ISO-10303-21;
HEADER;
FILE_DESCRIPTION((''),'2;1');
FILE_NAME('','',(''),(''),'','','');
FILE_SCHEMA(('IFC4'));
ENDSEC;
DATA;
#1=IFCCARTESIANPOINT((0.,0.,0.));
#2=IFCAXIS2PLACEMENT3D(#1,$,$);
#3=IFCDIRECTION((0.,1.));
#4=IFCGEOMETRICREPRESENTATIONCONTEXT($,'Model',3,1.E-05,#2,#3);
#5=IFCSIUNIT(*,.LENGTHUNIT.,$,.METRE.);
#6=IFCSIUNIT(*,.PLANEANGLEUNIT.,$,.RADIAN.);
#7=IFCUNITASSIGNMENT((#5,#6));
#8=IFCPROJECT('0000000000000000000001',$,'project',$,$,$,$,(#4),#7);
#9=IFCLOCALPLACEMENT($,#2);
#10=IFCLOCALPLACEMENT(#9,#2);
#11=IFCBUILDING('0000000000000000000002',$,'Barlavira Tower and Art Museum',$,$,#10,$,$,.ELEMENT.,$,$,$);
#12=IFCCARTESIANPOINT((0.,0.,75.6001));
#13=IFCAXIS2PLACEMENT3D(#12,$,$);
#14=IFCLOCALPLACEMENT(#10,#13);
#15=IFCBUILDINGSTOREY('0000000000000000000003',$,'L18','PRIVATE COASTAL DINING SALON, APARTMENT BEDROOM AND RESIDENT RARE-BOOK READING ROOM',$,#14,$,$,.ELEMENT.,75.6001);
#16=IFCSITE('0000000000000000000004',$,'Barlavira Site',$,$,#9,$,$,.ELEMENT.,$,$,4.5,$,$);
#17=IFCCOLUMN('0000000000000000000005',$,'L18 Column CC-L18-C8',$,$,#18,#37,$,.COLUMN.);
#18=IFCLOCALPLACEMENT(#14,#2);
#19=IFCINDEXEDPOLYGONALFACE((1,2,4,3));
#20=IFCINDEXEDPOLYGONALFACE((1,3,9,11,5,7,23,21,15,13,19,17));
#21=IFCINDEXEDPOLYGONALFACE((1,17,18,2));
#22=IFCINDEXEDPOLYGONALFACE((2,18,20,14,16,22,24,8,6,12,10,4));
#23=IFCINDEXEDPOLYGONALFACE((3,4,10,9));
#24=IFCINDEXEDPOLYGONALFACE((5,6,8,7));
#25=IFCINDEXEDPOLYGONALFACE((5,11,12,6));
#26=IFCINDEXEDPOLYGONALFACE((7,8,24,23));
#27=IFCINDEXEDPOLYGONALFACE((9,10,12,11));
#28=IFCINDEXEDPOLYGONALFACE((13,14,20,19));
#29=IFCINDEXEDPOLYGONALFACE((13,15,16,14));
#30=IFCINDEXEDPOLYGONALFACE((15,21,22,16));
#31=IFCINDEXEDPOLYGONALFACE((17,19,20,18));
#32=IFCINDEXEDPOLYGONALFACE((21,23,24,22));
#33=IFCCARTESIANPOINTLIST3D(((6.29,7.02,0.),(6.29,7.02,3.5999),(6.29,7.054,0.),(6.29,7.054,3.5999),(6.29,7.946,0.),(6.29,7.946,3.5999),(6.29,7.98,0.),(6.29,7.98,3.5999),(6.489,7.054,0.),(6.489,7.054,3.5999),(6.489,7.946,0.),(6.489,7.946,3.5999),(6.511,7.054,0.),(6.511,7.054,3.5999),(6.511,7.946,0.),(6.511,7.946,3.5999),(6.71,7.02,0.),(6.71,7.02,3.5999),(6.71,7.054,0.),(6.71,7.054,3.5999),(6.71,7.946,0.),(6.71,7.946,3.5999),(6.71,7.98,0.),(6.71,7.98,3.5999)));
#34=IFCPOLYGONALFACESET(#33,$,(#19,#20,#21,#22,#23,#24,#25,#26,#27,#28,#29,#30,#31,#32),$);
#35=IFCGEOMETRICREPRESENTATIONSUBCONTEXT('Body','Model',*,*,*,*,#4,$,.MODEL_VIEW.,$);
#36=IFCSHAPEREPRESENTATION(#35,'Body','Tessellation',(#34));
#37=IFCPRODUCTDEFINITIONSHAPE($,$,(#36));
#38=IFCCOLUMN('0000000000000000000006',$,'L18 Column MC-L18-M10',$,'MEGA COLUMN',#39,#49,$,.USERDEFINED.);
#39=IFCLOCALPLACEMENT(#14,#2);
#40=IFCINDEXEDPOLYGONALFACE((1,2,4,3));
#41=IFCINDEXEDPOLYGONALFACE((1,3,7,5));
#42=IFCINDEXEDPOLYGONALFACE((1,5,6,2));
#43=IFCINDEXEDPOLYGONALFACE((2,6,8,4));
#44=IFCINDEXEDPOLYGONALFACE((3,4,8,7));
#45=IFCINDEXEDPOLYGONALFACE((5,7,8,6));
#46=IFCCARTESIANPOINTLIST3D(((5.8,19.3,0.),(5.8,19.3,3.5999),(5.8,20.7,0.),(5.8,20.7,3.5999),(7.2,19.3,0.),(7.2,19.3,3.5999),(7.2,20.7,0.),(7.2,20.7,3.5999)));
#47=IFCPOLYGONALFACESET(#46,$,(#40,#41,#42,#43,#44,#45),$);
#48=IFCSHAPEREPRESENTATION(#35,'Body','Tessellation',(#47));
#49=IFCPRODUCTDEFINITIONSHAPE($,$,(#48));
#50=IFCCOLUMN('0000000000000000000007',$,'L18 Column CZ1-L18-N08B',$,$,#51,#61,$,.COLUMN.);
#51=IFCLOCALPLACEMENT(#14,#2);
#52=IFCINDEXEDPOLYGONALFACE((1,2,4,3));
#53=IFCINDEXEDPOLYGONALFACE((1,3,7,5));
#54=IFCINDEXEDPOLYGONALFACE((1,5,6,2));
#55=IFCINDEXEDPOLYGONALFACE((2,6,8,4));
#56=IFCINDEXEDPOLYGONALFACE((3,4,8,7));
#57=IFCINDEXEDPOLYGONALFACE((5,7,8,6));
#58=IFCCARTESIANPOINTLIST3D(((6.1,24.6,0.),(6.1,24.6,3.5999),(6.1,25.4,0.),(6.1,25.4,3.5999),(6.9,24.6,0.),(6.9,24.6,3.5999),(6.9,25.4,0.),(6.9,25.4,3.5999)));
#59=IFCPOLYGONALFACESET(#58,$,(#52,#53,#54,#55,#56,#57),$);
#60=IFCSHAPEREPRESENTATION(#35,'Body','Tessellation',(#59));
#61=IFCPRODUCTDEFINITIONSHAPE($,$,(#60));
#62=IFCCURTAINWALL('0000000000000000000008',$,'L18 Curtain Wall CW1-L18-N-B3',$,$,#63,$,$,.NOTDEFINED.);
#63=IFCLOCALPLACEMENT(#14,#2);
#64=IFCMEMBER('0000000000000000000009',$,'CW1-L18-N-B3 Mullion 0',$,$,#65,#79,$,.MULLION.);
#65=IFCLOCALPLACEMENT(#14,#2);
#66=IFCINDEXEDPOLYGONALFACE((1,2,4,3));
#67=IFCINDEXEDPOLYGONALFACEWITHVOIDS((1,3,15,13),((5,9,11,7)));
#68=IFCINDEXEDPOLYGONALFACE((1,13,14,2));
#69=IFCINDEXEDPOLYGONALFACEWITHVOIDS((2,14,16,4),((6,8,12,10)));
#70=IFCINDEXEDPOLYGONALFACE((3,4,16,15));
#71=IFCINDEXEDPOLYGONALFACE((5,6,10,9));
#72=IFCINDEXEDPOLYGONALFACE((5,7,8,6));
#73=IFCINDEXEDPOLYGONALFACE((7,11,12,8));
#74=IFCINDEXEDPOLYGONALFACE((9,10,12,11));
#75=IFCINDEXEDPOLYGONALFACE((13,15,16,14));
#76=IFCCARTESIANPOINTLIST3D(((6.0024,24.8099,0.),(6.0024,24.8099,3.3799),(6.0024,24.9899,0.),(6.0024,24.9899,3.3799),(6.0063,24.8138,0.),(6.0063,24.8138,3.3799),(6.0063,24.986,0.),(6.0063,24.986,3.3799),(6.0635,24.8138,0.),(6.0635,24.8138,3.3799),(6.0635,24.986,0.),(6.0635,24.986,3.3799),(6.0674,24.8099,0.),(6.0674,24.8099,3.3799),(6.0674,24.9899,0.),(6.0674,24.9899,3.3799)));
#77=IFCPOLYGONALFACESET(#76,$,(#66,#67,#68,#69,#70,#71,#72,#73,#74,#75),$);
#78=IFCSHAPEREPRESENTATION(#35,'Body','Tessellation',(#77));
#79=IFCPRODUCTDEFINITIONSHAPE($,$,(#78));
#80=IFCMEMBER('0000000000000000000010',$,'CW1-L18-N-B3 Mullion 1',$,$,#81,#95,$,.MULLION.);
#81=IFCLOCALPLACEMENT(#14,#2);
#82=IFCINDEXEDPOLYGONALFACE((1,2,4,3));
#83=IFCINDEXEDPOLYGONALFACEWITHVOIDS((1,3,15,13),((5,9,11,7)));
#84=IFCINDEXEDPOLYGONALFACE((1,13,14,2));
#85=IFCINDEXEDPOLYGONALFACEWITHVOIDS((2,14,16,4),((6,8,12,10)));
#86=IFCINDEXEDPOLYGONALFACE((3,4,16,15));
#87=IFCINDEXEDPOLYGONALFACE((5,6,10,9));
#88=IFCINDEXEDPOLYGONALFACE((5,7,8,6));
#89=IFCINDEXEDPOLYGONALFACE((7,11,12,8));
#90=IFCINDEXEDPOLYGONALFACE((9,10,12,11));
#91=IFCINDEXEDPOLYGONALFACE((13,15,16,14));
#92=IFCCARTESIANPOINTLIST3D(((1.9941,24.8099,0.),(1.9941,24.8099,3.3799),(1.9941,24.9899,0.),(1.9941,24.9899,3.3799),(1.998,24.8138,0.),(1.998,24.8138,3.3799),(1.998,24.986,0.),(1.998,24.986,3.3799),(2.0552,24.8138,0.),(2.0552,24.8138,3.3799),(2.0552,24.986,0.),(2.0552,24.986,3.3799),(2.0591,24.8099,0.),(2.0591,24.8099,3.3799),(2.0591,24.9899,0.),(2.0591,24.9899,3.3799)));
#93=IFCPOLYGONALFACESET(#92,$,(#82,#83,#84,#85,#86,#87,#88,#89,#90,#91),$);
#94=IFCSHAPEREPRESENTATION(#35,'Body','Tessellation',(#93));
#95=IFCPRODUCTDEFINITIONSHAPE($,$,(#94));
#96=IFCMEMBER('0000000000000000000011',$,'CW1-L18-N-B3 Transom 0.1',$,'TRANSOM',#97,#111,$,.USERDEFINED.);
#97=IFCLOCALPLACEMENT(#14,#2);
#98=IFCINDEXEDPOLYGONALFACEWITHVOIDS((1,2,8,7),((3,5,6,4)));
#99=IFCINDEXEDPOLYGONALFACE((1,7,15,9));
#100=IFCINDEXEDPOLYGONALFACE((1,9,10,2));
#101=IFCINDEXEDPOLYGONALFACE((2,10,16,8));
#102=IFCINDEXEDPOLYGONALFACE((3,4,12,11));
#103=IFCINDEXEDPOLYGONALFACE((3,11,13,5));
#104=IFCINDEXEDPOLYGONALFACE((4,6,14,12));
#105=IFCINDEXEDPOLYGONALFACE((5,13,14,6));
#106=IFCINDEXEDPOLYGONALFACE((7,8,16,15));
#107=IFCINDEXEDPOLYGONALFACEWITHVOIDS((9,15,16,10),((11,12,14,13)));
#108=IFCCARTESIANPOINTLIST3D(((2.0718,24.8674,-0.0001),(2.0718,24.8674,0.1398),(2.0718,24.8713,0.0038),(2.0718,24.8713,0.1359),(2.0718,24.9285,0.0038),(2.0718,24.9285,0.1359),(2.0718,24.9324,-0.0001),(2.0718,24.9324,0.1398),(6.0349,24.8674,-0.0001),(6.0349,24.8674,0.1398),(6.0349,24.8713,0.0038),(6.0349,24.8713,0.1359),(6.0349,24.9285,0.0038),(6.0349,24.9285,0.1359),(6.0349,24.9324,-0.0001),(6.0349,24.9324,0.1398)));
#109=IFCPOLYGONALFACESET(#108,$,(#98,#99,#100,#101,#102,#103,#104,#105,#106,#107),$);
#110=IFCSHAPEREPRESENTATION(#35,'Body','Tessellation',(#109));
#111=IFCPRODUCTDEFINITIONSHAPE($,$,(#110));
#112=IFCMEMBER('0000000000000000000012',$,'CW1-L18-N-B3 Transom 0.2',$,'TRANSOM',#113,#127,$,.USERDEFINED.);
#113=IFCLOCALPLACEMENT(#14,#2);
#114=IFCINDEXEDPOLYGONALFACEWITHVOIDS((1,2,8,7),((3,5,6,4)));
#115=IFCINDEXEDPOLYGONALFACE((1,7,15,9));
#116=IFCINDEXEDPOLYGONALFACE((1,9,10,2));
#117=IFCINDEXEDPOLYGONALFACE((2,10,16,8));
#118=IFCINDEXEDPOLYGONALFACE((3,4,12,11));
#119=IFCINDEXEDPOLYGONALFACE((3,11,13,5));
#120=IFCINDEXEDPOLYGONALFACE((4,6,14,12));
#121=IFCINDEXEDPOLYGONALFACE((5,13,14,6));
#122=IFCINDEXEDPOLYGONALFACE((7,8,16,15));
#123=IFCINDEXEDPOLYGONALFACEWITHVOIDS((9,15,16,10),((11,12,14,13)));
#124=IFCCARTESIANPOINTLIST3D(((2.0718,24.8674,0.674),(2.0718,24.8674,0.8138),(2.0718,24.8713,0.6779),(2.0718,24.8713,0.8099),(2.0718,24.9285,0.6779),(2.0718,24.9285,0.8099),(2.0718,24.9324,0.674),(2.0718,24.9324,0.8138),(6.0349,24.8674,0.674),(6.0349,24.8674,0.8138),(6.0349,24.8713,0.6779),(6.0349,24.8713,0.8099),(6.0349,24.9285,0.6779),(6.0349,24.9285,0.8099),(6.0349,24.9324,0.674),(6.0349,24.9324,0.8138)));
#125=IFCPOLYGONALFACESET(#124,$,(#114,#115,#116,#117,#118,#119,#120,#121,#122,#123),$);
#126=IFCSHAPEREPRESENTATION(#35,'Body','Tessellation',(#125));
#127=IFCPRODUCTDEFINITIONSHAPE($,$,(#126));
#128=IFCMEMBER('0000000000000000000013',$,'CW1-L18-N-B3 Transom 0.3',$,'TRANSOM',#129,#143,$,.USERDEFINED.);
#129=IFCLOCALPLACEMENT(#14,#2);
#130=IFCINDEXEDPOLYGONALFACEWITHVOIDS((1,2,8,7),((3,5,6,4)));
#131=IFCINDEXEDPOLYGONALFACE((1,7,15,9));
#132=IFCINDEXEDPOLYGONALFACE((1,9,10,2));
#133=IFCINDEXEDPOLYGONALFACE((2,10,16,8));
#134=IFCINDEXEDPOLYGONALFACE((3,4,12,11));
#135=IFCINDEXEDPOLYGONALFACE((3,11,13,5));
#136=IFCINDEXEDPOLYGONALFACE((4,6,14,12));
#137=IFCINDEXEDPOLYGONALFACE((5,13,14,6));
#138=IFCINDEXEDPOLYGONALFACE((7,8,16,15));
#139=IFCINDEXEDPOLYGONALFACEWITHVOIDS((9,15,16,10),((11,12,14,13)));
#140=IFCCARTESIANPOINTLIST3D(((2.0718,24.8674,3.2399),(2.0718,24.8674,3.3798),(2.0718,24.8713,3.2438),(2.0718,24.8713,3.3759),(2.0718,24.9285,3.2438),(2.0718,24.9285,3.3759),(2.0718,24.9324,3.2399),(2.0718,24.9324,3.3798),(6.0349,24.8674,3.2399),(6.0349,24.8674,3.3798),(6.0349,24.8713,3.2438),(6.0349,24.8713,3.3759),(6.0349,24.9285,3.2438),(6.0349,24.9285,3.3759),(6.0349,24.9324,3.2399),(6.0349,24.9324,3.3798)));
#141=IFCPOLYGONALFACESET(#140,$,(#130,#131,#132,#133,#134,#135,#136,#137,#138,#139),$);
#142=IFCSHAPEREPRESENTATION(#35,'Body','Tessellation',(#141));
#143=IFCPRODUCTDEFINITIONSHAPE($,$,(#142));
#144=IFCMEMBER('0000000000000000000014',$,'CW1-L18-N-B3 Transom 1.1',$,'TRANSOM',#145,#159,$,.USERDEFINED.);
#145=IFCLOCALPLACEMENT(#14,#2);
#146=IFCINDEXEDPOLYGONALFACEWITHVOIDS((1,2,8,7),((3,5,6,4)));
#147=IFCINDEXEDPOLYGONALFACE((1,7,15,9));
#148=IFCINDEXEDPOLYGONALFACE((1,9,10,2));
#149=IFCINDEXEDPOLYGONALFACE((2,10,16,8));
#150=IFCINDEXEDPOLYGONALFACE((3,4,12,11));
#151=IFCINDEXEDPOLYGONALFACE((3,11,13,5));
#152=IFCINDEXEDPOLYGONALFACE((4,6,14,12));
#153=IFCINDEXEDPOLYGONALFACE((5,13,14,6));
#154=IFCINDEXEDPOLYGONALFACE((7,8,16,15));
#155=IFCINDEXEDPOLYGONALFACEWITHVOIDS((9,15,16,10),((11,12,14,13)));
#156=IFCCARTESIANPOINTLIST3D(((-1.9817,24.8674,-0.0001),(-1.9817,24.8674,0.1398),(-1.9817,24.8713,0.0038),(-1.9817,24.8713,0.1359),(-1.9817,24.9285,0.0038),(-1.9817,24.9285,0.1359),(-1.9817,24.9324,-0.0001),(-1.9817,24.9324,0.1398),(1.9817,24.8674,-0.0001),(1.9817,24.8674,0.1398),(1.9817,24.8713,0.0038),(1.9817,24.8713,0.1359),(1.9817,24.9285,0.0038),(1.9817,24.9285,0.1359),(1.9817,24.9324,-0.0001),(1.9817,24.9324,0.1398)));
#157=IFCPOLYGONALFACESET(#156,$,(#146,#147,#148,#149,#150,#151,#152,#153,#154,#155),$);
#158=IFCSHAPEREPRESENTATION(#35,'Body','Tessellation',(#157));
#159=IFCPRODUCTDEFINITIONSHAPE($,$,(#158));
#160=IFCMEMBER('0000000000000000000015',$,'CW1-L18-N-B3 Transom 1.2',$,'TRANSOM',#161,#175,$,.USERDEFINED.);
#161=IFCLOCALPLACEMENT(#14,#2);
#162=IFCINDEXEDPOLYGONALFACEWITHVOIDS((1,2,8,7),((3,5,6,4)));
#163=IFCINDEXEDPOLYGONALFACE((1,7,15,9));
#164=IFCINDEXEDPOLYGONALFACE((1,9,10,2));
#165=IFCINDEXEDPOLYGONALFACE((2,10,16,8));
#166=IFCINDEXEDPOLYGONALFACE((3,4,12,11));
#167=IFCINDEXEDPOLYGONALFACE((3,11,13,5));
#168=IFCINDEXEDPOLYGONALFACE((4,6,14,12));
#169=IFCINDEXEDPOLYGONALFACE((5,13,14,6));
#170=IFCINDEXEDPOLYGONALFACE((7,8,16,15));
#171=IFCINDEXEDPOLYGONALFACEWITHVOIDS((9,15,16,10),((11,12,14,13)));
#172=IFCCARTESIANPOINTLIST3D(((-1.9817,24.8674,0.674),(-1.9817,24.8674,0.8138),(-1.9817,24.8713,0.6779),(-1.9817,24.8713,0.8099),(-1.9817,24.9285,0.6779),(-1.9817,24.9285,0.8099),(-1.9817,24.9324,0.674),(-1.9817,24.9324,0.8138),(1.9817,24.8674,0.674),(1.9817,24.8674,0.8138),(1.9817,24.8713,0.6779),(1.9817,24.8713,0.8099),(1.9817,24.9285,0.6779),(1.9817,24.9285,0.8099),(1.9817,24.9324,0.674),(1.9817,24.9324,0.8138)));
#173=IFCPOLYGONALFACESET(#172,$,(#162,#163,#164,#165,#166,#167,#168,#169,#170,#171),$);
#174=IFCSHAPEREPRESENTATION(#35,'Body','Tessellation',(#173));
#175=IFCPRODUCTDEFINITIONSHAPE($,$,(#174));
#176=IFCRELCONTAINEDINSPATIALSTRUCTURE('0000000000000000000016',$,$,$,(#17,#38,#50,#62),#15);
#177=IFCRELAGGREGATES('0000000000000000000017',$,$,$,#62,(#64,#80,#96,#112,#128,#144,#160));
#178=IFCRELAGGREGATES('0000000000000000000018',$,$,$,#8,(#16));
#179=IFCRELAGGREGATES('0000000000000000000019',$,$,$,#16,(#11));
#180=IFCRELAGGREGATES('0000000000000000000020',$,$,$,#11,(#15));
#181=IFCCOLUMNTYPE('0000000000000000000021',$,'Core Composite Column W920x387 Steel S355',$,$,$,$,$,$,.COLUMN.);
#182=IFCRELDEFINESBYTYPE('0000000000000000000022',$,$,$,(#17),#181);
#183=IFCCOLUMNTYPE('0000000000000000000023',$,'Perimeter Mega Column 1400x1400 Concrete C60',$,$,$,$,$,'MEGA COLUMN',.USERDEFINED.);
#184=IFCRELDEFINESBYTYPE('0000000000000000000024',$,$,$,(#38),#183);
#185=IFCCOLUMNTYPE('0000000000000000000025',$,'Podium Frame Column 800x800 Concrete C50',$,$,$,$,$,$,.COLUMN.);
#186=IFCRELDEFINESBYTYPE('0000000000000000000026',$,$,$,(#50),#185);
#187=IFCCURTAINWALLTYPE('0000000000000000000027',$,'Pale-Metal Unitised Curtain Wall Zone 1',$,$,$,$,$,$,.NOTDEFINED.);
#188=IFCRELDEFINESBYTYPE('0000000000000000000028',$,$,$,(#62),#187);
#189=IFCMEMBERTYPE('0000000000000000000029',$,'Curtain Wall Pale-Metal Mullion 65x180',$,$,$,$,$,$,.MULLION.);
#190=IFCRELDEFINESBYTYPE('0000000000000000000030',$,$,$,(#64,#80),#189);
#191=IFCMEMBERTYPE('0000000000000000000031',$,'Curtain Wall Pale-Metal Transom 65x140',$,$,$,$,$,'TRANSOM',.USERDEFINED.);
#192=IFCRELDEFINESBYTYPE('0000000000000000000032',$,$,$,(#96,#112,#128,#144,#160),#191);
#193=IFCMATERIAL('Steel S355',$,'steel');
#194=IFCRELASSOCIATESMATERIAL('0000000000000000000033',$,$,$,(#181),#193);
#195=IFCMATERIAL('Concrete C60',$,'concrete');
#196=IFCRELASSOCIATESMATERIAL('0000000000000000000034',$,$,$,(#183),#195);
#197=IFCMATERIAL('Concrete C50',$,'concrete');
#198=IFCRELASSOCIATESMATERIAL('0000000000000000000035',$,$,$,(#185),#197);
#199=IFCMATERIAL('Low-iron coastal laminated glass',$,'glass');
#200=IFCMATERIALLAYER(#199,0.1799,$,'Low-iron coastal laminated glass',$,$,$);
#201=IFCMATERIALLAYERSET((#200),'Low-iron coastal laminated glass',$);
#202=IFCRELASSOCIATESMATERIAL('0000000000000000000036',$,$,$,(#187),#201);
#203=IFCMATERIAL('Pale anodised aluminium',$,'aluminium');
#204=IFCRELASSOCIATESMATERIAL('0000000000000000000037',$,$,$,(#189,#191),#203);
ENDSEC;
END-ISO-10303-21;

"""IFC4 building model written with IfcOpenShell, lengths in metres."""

from ifc_helpers import new_model, si_unit, direction, frame, origin, origin_2d, place, context, subcontext, project, spatial, rectangle, hollow_rectangle, i_section, extrude, material, layer, layer_set, material_profile, profile_set, type_object, element, aggregate, save


model = new_model("IFC4")

# Units and contexts
model_context = context("Model", 3, precision=1e-05, world=origin(), true_north=direction((0.0, 1.0)))
body_context = subcontext(model_context, "Body", "Model", "MODEL_VIEW")
ifc_project = project(units=[si_unit("LENGTHUNIT", "METRE"), si_unit("PLANEANGLEUNIT", "RADIAN")], contexts=[model_context])

# Site, building, storey
site_placement = place(None, origin())
site = spatial("IfcSite", under=ifc_project, at=site_placement, Name="Barlavira Site", CompositionType="ELEMENT", RefElevation=4.5)
building_placement = place(site_placement, origin())
building = spatial("IfcBuilding", under=site, at=building_placement, Name="Barlavira Tower and Art Museum", CompositionType="ELEMENT")
storey_placement = place(building_placement, frame((0.0, 0.0, 75.6001)))
storey = spatial("IfcBuildingStorey", under=building, at=storey_placement, Name="L18", Description="PRIVATE COASTAL DINING SALON, APARTMENT BEDROOM AND RESIDENT RARE-BOOK READING ROOM", CompositionType="ELEMENT", Elevation=75.6001)

# Columns
ifc_material_1 = material(Name="Steel S355", Category="steel")
ifc_material_profile_1 = material_profile(ifc_material_1, i_section(OverallWidth=0.4199, OverallDepth=0.96, WebThickness=0.022, FlangeThickness=0.0339, at=origin_2d()), Name="W920x387.0")
ifc_profile_set_1 = profile_set([ifc_material_profile_1], Name="Steel S355")
column_type_1 = type_object("IfcColumnType", Name="Core Composite Column W920x387 Steel S355", PredefinedType="COLUMN", material=ifc_profile_set_1)
column_1_placement = place(storey_placement, frame((6.5, 7.5, 0.0), z_axis=(0.0, 0.0, 1.0), x_axis=(1.0, 0.0, 0.0)))
element("IfcColumn", 1, at=column_1_placement, inside=storey, type_object=column_type_1, Name="L18 Column CC-L18-C8", PredefinedType="COLUMN", context=body_context, shape_type="SweptSolid", body=[
    extrude(i_section(OverallWidth=0.4199, OverallDepth=0.96, WebThickness=0.022, FlangeThickness=0.0339, at=origin_2d()), origin(), (0.0, 0.0, 1.0), 3.5999),
])
ifc_material_2 = material(Name="Concrete C60", Category="concrete")
ifc_material_profile_2 = material_profile(ifc_material_2, rectangle(XDim=1.3999, YDim=1.3999, at=origin_2d()), Name="RC-MCOL 1400x1400")
ifc_profile_set_2 = profile_set([ifc_material_profile_2], Name="Concrete C60")
column_type_2 = type_object("IfcColumnType", Name="Perimeter Mega Column 1400x1400 Concrete C60", ElementType="MEGA COLUMN", PredefinedType="USERDEFINED", material=ifc_profile_set_2)
column_2_placement = place(storey_placement, frame((6.5, 20.0, 0.0), z_axis=(0.0, 0.0, 1.0), x_axis=(1.0, 0.0, 0.0)))
element("IfcColumn", 2, at=column_2_placement, inside=storey, type_object=column_type_2, Name="L18 Column MC-L18-M10", ObjectType="MEGA COLUMN", PredefinedType="USERDEFINED", context=body_context, shape_type="SweptSolid", body=[
    extrude(rectangle(XDim=1.3999, YDim=1.3999, at=origin_2d()), origin(), (0.0, 0.0, 1.0), 3.5999),
])
ifc_material_3 = material(Name="Concrete C50", Category="concrete")
ifc_material_profile_3 = material_profile(ifc_material_3, rectangle(XDim=0.8, YDim=0.8, at=origin_2d()), Name="RC-COL 800x800")
ifc_profile_set_3 = profile_set([ifc_material_profile_3], Name="Concrete C50")
column_type_3 = type_object("IfcColumnType", Name="Podium Frame Column 800x800 Concrete C50", PredefinedType="COLUMN", material=ifc_profile_set_3)
column_3_placement = place(storey_placement, frame((6.5, 25.0, 0.0), z_axis=(0.0, 0.0, 1.0), x_axis=(1.0, 0.0, 0.0)))
element("IfcColumn", 3, at=column_3_placement, inside=storey, type_object=column_type_3, Name="L18 Column CZ1-L18-N08B", PredefinedType="COLUMN", context=body_context, shape_type="SweptSolid", body=[
    extrude(rectangle(XDim=0.8, YDim=0.8, at=origin_2d()), origin(), (0.0, 0.0, 1.0), 3.5999),
])

# Curtain wall, members
ifc_material_4 = material(Name="Low-iron coastal laminated glass", Category="glass")
ifc_layer_1 = layer(ifc_material_4, 0.1799, Name="Low-iron coastal laminated glass")
ifc_layer_set_1 = layer_set([ifc_layer_1], Name="Low-iron coastal laminated glass")
curtain_wall_type = type_object("IfcCurtainWallType", Name="Pale-Metal Unitised Curtain Wall Zone 1", PredefinedType="NOTDEFINED", material=ifc_layer_set_1)
curtain_wall_placement = place(storey_placement, origin())
curtain_wall = element("IfcCurtainWall", 4, at=curtain_wall_placement, inside=storey, type_object=curtain_wall_type, Name="L18 Curtain Wall CW1-L18-N-B3", PredefinedType="NOTDEFINED")
ifc_material_5 = material(Name="Pale anodised aluminium", Category="aluminium")
ifc_material_profile_4 = material_profile(ifc_material_5, hollow_rectangle(XDim=0.0649, YDim=0.1799, WallThickness=0.0039, at=origin_2d()), Name="ALU-MULL 65x180x4")
ifc_profile_set_4 = profile_set([ifc_material_profile_4], Name="Pale anodised aluminium")
member_type_1 = type_object("IfcMemberType", Name="Curtain Wall Pale-Metal Mullion 65x180", PredefinedType="MULLION", material=ifc_profile_set_4)
member_1_placement = place(storey_placement, frame((6.0349, 24.8999, 0.0), z_axis=(0.0, 0.0, 1.0), x_axis=(-1.0, 0.0, 0.0)))
member_1 = element("IfcMember", 5, at=member_1_placement, type_object=member_type_1, Name="CW1-L18-N-B3 Mullion 0", PredefinedType="MULLION", context=body_context, shape_type="SweptSolid", body=[
    extrude(hollow_rectangle(XDim=0.0649, YDim=0.1799, WallThickness=0.0039, at=origin_2d()), origin(), (0.0, 0.0, 1.0), 3.3799),
])
member_2_placement = place(storey_placement, frame((2.0266, 24.8999, 0.0), z_axis=(0.0, 0.0, 1.0), x_axis=(-1.0, 0.0, 0.0)))
member_2 = element("IfcMember", 6, at=member_2_placement, type_object=member_type_1, Name="CW1-L18-N-B3 Mullion 1", PredefinedType="MULLION", context=body_context, shape_type="SweptSolid", body=[
    extrude(hollow_rectangle(XDim=0.0649, YDim=0.1799, WallThickness=0.0039, at=origin_2d()), origin(), (0.0, 0.0, 1.0), 3.3799),
])
ifc_material_profile_5 = material_profile(ifc_material_5, hollow_rectangle(XDim=0.0649, YDim=0.1399, WallThickness=0.0039, at=origin_2d()), Name="ALU-TRAN 65x140x4")
ifc_profile_set_5 = profile_set([ifc_material_profile_5], Name="Pale anodised aluminium")
member_type_2 = type_object("IfcMemberType", Name="Curtain Wall Pale-Metal Transom 65x140", ElementType="TRANSOM", PredefinedType="USERDEFINED", material=ifc_profile_set_5)
member_3_placement = place(storey_placement, frame((6.0349, 24.8999, 0.0698), z_axis=(-1.0, 0.0, 0.0), x_axis=(0.0, -1.0, 0.0)))
member_3 = element("IfcMember", 7, at=member_3_placement, type_object=member_type_2, Name="CW1-L18-N-B3 Transom 0.1", ObjectType="TRANSOM", PredefinedType="USERDEFINED", context=body_context, shape_type="SweptSolid", body=[
    extrude(hollow_rectangle(XDim=0.0649, YDim=0.1399, WallThickness=0.0039, at=origin_2d()), origin(), (0.0, 0.0, 1.0), 3.9631),
])
member_4_placement = place(storey_placement, frame((6.0349, 24.8999, 0.7439), z_axis=(-1.0, 0.0, 0.0), x_axis=(0.0, -1.0, 0.0)))
member_4 = element("IfcMember", 8, at=member_4_placement, type_object=member_type_2, Name="CW1-L18-N-B3 Transom 0.2", ObjectType="TRANSOM", PredefinedType="USERDEFINED", context=body_context, shape_type="SweptSolid", body=[
    extrude(hollow_rectangle(XDim=0.0649, YDim=0.1399, WallThickness=0.0039, at=origin_2d()), origin(), (0.0, 0.0, 1.0), 3.9631),
])
member_5_placement = place(storey_placement, frame((6.0349, 24.8999, 3.3098), z_axis=(-1.0, 0.0, 0.0), x_axis=(0.0, -1.0, 0.0)))
member_5 = element("IfcMember", 9, at=member_5_placement, type_object=member_type_2, Name="CW1-L18-N-B3 Transom 0.3", ObjectType="TRANSOM", PredefinedType="USERDEFINED", context=body_context, shape_type="SweptSolid", body=[
    extrude(hollow_rectangle(XDim=0.0649, YDim=0.1399, WallThickness=0.0039, at=origin_2d()), origin(), (0.0, 0.0, 1.0), 3.9631),
])
member_6_placement = place(storey_placement, frame((1.9817, 24.8999, 0.0698), z_axis=(-1.0, 0.0, 0.0), x_axis=(0.0, -1.0, 0.0)))
member_6 = element("IfcMember", 10, at=member_6_placement, type_object=member_type_2, Name="CW1-L18-N-B3 Transom 1.1", ObjectType="TRANSOM", PredefinedType="USERDEFINED", context=body_context, shape_type="SweptSolid", body=[
    extrude(hollow_rectangle(XDim=0.0649, YDim=0.1399, WallThickness=0.0039, at=origin_2d()), origin(), (0.0, 0.0, 1.0), 3.9634),
])
member_7_placement = place(storey_placement, frame((1.9817, 24.8999, 0.7439), z_axis=(-1.0, 0.0, 0.0), x_axis=(0.0, -1.0, 0.0)))
member_7 = element("IfcMember", 11, at=member_7_placement, type_object=member_type_2, Name="CW1-L18-N-B3 Transom 1.2", ObjectType="TRANSOM", PredefinedType="USERDEFINED", context=body_context, shape_type="SweptSolid", body=[
    extrude(hollow_rectangle(XDim=0.0649, YDim=0.1399, WallThickness=0.0039, at=origin_2d()), origin(), (0.0, 0.0, 1.0), 3.9634),
])

aggregate(curtain_wall, [member_1, member_2, member_3, member_4, member_5, member_6, member_7])

save(model, "model.ifc")
